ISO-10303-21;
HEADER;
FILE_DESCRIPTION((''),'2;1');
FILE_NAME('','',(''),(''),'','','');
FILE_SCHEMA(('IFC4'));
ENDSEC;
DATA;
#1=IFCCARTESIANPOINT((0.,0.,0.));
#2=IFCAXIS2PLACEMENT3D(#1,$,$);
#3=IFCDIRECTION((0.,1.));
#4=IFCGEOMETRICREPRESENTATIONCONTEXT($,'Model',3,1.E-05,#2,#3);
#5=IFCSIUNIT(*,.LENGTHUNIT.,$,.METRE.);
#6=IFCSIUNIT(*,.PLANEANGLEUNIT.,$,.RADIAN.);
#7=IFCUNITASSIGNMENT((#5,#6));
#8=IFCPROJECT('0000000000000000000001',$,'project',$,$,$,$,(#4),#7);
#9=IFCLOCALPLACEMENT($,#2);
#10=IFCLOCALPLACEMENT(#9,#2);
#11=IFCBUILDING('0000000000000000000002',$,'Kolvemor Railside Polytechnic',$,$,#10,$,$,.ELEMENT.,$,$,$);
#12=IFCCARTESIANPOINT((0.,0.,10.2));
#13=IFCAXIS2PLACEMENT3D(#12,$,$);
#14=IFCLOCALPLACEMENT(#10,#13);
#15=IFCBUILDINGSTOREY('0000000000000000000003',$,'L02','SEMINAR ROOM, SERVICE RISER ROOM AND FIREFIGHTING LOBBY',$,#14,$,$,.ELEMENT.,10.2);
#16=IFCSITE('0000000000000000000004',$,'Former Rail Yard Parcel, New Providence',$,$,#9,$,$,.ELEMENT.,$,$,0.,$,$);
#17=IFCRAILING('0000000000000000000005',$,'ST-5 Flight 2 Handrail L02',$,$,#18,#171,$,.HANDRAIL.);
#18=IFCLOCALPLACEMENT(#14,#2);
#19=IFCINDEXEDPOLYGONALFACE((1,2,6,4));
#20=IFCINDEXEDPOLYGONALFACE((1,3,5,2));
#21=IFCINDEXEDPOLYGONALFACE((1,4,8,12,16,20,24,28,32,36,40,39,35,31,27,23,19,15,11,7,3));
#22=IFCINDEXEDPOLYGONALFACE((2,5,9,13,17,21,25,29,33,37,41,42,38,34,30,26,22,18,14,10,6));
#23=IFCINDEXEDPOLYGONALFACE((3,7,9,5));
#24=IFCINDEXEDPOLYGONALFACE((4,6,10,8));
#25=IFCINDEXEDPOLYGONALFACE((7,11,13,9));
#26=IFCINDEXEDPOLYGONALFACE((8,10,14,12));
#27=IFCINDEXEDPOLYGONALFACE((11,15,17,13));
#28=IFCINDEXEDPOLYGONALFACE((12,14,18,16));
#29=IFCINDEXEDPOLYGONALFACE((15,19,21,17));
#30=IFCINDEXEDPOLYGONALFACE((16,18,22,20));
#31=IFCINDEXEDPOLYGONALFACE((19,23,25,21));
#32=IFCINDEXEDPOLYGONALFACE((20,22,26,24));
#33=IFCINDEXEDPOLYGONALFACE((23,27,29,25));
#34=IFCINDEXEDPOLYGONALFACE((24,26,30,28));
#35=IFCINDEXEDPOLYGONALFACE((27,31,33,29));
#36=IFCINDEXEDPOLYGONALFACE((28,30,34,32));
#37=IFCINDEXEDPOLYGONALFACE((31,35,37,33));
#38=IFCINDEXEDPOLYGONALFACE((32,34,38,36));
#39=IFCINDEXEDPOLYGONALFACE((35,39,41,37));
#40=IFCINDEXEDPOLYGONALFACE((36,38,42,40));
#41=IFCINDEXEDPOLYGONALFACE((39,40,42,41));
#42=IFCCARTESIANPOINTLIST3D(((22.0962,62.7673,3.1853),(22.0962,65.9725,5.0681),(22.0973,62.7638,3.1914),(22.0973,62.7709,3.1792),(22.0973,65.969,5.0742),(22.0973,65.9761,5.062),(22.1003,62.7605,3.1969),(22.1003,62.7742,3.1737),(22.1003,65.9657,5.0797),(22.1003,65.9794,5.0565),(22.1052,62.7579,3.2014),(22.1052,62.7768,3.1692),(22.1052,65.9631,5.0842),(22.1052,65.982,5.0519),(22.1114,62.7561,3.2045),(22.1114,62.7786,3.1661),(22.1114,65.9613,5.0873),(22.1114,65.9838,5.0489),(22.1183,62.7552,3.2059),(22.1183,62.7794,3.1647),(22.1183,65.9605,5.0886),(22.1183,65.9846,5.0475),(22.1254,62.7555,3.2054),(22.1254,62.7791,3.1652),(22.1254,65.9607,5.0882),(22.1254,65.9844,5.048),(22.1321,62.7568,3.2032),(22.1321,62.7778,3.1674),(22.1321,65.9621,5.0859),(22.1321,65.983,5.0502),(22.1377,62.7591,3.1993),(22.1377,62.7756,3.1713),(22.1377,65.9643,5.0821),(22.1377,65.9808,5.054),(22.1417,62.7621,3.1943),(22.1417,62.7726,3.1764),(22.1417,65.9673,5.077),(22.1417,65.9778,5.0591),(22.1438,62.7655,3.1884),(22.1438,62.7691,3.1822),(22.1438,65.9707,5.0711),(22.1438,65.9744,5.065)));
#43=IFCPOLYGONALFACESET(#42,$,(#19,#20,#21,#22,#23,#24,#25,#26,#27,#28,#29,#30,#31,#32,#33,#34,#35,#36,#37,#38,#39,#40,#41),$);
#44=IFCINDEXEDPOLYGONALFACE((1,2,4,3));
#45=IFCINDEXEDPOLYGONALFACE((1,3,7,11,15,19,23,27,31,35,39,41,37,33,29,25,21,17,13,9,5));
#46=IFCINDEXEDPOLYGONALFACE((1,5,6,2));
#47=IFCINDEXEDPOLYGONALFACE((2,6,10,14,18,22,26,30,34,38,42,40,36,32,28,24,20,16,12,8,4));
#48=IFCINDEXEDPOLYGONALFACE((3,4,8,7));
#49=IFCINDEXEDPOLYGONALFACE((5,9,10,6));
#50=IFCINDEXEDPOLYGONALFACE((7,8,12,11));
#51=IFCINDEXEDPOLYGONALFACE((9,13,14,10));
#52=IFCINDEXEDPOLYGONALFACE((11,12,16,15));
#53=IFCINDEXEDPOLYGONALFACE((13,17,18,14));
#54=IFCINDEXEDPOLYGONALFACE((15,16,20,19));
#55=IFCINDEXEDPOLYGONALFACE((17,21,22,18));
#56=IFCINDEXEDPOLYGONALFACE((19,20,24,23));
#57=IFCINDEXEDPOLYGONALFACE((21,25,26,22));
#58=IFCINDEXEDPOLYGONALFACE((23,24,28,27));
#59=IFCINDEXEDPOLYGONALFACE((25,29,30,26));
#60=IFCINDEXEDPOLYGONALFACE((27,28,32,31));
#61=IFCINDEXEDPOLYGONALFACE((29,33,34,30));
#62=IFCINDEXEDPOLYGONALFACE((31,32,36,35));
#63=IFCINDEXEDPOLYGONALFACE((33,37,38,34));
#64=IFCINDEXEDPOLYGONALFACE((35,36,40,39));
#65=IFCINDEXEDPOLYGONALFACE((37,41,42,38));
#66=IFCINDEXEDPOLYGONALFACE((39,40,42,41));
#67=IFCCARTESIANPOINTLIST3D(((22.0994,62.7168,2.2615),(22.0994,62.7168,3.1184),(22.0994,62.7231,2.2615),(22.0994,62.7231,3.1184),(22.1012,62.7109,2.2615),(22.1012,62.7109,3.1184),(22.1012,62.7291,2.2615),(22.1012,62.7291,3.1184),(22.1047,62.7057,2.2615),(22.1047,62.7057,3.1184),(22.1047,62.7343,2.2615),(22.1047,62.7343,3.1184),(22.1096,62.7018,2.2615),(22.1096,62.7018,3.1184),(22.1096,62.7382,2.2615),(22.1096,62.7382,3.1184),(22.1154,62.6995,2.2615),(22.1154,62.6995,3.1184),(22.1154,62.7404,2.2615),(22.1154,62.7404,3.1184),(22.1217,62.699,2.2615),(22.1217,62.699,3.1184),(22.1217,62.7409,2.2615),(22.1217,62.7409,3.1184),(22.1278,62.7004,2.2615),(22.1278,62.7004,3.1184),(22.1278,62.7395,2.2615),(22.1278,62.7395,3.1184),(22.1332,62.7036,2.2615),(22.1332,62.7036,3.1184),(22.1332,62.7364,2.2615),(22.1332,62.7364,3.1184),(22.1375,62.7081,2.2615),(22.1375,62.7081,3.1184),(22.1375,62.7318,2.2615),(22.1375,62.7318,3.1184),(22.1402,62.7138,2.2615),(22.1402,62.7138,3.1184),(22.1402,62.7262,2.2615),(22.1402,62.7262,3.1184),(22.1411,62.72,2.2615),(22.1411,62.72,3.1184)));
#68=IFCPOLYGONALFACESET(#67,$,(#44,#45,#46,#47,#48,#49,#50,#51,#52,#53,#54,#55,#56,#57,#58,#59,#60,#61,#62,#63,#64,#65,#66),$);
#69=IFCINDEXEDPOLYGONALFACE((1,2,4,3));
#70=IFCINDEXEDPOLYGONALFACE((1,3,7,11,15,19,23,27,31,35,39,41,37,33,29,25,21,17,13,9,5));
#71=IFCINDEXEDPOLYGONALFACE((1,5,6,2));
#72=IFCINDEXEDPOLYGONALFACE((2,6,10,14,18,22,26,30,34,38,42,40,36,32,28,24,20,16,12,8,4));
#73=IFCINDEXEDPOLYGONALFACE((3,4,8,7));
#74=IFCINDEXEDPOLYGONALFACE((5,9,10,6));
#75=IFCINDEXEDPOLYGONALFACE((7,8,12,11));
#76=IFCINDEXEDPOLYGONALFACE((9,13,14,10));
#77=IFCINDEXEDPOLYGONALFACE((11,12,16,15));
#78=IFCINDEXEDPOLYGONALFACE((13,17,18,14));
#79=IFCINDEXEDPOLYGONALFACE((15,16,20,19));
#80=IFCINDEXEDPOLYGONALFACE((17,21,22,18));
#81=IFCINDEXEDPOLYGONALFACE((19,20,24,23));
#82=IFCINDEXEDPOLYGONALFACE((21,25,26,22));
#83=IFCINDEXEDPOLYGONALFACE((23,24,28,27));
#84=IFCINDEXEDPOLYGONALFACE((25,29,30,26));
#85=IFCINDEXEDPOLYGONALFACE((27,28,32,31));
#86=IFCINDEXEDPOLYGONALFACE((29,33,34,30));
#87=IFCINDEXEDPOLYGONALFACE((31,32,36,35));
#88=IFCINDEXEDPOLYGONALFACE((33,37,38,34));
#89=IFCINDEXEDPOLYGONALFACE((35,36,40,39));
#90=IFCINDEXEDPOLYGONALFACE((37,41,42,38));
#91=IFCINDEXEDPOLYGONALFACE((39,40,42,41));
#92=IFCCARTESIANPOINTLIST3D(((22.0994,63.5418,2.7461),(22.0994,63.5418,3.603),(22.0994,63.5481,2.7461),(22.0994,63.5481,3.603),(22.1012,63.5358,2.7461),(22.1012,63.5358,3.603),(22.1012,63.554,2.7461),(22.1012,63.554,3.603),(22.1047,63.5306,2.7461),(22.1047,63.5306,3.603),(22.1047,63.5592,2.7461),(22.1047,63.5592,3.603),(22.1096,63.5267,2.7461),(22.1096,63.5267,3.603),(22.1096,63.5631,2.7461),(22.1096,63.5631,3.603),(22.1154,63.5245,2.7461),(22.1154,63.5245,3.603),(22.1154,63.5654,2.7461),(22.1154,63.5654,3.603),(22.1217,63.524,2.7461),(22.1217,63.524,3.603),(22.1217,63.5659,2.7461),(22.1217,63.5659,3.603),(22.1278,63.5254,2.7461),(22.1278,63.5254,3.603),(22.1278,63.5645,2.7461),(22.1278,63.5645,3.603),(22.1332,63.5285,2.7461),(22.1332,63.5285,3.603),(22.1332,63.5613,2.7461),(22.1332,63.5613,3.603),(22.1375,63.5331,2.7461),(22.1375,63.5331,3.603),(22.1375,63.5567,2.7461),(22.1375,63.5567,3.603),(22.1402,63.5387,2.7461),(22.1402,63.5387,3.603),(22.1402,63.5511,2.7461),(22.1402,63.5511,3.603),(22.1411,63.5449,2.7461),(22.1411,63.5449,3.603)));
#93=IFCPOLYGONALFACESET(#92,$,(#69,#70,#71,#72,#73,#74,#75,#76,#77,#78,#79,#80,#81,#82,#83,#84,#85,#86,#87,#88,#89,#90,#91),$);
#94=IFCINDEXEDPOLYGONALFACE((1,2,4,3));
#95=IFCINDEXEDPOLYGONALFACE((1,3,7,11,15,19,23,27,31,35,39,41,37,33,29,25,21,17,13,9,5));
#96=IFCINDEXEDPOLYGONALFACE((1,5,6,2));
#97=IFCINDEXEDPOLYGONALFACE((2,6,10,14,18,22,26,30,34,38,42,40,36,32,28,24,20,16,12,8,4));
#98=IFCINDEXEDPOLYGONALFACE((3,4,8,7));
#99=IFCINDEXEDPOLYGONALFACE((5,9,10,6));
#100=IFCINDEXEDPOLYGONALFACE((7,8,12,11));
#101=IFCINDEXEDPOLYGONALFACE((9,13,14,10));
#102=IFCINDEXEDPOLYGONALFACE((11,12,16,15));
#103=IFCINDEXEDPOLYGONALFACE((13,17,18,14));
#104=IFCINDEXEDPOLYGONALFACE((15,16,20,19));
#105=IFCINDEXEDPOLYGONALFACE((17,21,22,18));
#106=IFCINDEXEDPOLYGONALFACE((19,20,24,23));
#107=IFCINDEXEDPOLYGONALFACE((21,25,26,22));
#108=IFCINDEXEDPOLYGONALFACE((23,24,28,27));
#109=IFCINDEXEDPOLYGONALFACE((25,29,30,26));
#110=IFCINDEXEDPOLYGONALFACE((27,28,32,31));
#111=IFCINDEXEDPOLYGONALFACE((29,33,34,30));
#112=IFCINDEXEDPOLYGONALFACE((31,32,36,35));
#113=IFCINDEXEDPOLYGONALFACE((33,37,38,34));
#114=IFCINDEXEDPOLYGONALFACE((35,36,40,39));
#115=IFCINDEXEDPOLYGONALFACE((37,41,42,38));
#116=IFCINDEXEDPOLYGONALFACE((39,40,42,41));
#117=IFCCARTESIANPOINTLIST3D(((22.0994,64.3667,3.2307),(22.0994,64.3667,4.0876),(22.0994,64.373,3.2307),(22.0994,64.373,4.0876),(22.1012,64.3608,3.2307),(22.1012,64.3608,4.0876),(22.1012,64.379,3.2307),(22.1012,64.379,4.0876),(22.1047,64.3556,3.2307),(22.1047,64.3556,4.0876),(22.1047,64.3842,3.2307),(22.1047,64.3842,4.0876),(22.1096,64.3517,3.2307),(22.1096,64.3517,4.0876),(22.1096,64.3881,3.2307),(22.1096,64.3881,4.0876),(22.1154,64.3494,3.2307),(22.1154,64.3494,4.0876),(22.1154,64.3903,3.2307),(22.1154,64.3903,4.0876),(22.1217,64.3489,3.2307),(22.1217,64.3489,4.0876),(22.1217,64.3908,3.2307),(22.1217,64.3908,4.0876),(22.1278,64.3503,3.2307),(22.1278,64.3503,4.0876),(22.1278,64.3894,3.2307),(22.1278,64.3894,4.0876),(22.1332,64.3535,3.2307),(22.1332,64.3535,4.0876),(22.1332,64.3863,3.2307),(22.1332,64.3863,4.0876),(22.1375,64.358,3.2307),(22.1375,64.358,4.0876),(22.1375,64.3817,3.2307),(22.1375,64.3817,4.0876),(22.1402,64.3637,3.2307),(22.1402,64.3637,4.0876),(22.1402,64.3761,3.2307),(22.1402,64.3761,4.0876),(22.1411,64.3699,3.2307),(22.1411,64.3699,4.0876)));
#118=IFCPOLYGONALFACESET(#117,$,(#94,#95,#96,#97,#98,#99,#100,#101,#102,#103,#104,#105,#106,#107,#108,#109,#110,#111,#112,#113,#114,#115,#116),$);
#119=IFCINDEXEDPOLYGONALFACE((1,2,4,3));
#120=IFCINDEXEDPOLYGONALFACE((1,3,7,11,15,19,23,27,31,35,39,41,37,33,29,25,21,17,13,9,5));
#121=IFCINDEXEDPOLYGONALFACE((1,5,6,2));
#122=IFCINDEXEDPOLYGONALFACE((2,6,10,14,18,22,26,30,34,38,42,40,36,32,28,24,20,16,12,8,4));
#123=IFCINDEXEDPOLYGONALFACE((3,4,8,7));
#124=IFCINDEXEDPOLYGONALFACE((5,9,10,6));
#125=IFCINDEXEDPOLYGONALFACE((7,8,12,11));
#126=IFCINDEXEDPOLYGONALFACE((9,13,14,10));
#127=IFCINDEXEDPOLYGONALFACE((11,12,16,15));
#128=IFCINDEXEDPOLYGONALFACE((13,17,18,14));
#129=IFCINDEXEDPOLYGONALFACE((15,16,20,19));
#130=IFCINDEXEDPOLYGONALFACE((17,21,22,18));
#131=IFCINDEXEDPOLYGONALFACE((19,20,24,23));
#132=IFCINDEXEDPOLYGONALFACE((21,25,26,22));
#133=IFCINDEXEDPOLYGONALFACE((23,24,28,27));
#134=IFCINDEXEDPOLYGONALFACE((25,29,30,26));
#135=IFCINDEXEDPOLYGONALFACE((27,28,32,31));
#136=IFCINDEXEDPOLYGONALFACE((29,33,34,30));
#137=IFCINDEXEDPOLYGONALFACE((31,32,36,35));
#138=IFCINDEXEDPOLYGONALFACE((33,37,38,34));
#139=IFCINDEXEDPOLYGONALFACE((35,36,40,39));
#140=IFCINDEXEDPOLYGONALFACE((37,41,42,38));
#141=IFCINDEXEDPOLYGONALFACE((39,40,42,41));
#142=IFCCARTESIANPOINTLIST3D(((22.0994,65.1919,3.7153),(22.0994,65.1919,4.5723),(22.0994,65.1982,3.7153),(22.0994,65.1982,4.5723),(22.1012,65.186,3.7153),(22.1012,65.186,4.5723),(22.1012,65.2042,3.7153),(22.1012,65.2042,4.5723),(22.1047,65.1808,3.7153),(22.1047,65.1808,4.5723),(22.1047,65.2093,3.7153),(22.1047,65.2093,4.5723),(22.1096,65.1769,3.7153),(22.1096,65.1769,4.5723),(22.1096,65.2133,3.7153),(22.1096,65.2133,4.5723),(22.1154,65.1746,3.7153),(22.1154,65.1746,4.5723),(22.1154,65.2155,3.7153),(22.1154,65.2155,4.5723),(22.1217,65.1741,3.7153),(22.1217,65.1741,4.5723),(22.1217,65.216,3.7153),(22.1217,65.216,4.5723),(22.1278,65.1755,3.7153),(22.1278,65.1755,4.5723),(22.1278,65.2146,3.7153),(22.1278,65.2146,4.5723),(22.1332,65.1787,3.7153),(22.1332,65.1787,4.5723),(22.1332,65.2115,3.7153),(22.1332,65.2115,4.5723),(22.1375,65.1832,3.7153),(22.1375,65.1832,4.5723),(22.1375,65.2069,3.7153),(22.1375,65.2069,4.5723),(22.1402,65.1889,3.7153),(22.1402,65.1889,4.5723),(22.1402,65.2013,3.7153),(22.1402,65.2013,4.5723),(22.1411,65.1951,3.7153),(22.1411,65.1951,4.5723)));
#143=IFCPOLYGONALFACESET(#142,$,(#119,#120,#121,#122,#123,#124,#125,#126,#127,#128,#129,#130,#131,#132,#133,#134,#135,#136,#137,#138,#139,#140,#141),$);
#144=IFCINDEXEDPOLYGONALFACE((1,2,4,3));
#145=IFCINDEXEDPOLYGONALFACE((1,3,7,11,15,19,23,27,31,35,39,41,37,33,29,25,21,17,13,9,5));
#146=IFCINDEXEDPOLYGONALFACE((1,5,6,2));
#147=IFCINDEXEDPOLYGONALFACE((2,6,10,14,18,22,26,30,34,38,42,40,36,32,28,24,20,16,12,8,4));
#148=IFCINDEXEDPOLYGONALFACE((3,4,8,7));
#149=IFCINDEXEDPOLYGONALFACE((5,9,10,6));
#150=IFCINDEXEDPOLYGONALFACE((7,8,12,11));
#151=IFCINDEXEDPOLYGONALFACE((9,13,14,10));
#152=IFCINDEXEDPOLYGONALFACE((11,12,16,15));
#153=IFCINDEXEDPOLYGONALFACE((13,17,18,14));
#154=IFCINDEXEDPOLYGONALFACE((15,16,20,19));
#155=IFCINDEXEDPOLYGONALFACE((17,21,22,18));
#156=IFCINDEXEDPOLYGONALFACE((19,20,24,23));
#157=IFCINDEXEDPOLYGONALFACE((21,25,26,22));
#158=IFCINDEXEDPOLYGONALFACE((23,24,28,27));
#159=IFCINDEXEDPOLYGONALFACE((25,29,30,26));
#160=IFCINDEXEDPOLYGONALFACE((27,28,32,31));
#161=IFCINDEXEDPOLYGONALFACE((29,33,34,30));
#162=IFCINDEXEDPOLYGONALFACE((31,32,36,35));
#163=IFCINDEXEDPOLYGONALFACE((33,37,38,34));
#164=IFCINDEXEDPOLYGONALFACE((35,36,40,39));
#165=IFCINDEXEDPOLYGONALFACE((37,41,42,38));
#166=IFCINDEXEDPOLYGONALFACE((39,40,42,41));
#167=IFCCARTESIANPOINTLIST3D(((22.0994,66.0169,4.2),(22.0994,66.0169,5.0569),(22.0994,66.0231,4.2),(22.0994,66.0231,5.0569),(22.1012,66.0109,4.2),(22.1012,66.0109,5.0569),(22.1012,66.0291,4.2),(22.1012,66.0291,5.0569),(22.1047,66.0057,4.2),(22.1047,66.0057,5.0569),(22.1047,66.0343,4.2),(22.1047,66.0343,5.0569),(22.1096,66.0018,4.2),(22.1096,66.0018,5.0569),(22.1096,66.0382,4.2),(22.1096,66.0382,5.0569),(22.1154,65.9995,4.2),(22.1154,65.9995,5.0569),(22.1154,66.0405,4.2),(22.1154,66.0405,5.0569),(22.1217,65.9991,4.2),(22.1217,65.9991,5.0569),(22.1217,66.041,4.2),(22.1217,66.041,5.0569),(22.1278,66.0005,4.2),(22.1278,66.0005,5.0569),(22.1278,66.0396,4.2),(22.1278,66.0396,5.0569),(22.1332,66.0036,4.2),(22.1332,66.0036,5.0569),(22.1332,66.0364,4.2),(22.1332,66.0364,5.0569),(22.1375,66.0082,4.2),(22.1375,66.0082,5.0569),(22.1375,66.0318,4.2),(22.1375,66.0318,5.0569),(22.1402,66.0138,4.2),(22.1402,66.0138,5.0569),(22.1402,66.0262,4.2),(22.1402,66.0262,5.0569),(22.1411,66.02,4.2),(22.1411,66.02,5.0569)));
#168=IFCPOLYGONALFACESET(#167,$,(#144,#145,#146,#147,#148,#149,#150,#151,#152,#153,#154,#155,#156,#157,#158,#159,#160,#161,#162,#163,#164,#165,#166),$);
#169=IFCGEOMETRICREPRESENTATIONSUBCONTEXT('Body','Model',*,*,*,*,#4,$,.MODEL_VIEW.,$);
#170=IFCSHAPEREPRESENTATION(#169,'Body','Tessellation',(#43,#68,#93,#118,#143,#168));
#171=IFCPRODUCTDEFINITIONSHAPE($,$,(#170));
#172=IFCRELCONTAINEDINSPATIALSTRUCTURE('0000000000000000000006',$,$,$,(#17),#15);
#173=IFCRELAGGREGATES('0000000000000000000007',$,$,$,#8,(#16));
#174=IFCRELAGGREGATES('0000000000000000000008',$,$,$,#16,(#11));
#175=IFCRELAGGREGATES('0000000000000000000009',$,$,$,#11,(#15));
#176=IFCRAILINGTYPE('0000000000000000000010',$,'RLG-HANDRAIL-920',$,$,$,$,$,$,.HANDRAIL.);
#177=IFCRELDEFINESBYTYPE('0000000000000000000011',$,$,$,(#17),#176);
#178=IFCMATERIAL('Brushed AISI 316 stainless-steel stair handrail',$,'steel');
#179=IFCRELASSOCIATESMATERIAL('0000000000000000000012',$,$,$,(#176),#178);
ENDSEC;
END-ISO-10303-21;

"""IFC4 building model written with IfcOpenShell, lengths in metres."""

from ifc_helpers import new_model, si_unit, direction, frame, origin, origin_2d, place, context, subcontext, project, spatial, circle, extrude, material, type_object, element, save


model = new_model("IFC4")

# Units and contexts
model_context = context("Model", 3, precision=1e-05, world=origin(), true_north=direction((0.0, 1.0)))
body_context = subcontext(model_context, "Body", "Model", "MODEL_VIEW")
ifc_project = project(units=[si_unit("LENGTHUNIT", "METRE"), si_unit("PLANEANGLEUNIT", "RADIAN")], contexts=[model_context])

# Site, building, storey
site_placement = place(None, origin())
site = spatial("IfcSite", under=ifc_project, at=site_placement, Name="Former Rail Yard Parcel, New Providence", CompositionType="ELEMENT", RefElevation=0.0)
building_placement = place(site_placement, origin())
building = spatial("IfcBuilding", under=site, at=building_placement, Name="Kolvemor Railside Polytechnic", CompositionType="ELEMENT")
storey_placement = place(building_placement, frame((0.0, 0.0, 10.2)))
storey = spatial("IfcBuildingStorey", under=building, at=storey_placement, Name="L02", Description="SEMINAR ROOM, SERVICE RISER ROOM AND FIREFIGHTING LOBBY", CompositionType="ELEMENT", Elevation=10.2)

# Railing
ifc_material_1 = material(Name="Brushed AISI 316 stainless-steel stair handrail", Category="steel")
railing_type_1 = type_object("IfcRailingType", Name="RLG-HANDRAIL-920", PredefinedType="HANDRAIL", material=ifc_material_1)
railing_1_placement = place(storey_placement, frame((22.1201, 62.72, 2.2615)))
element("IfcRailing", 1, at=railing_1_placement, inside=storey, type_object=railing_type_1, Name="ST-5 Flight 2 Handrail L02", PredefinedType="HANDRAIL", context=body_context, shape_type="SweptSolid", body=[
    extrude(circle(Radius=0.0239, at=origin_2d()), frame((0.0, 0.0474, 0.9238), z_axis=(0.0, 0.862246, 0.50649), x_axis=(-1.0, 0.0, 0.0)), (0.0, 0.0, 1.0), 3.7173),
    extrude(circle(Radius=0.021, at=origin_2d()), origin(), (0.0, 0.0, 1.0), 0.8569),
    extrude(circle(Radius=0.021, at=origin_2d()), frame((0.0, 0.825, 0.4846)), (0.0, 0.0, 1.0), 0.8569),
    extrude(circle(Radius=0.021, at=origin_2d()), frame((0.0, 1.6499, 0.9692)), (0.0, 0.0, 1.0), 0.8569),
    extrude(circle(Radius=0.021, at=origin_2d()), frame((0.0, 2.4751, 1.4539)), (0.0, 0.0, 1.0), 0.8569),
    extrude(circle(Radius=0.021, at=origin_2d()), frame((0.0, 3.3, 1.9385)), (0.0, 0.0, 1.0), 0.8569),
])

save(model, "model.ifc")
